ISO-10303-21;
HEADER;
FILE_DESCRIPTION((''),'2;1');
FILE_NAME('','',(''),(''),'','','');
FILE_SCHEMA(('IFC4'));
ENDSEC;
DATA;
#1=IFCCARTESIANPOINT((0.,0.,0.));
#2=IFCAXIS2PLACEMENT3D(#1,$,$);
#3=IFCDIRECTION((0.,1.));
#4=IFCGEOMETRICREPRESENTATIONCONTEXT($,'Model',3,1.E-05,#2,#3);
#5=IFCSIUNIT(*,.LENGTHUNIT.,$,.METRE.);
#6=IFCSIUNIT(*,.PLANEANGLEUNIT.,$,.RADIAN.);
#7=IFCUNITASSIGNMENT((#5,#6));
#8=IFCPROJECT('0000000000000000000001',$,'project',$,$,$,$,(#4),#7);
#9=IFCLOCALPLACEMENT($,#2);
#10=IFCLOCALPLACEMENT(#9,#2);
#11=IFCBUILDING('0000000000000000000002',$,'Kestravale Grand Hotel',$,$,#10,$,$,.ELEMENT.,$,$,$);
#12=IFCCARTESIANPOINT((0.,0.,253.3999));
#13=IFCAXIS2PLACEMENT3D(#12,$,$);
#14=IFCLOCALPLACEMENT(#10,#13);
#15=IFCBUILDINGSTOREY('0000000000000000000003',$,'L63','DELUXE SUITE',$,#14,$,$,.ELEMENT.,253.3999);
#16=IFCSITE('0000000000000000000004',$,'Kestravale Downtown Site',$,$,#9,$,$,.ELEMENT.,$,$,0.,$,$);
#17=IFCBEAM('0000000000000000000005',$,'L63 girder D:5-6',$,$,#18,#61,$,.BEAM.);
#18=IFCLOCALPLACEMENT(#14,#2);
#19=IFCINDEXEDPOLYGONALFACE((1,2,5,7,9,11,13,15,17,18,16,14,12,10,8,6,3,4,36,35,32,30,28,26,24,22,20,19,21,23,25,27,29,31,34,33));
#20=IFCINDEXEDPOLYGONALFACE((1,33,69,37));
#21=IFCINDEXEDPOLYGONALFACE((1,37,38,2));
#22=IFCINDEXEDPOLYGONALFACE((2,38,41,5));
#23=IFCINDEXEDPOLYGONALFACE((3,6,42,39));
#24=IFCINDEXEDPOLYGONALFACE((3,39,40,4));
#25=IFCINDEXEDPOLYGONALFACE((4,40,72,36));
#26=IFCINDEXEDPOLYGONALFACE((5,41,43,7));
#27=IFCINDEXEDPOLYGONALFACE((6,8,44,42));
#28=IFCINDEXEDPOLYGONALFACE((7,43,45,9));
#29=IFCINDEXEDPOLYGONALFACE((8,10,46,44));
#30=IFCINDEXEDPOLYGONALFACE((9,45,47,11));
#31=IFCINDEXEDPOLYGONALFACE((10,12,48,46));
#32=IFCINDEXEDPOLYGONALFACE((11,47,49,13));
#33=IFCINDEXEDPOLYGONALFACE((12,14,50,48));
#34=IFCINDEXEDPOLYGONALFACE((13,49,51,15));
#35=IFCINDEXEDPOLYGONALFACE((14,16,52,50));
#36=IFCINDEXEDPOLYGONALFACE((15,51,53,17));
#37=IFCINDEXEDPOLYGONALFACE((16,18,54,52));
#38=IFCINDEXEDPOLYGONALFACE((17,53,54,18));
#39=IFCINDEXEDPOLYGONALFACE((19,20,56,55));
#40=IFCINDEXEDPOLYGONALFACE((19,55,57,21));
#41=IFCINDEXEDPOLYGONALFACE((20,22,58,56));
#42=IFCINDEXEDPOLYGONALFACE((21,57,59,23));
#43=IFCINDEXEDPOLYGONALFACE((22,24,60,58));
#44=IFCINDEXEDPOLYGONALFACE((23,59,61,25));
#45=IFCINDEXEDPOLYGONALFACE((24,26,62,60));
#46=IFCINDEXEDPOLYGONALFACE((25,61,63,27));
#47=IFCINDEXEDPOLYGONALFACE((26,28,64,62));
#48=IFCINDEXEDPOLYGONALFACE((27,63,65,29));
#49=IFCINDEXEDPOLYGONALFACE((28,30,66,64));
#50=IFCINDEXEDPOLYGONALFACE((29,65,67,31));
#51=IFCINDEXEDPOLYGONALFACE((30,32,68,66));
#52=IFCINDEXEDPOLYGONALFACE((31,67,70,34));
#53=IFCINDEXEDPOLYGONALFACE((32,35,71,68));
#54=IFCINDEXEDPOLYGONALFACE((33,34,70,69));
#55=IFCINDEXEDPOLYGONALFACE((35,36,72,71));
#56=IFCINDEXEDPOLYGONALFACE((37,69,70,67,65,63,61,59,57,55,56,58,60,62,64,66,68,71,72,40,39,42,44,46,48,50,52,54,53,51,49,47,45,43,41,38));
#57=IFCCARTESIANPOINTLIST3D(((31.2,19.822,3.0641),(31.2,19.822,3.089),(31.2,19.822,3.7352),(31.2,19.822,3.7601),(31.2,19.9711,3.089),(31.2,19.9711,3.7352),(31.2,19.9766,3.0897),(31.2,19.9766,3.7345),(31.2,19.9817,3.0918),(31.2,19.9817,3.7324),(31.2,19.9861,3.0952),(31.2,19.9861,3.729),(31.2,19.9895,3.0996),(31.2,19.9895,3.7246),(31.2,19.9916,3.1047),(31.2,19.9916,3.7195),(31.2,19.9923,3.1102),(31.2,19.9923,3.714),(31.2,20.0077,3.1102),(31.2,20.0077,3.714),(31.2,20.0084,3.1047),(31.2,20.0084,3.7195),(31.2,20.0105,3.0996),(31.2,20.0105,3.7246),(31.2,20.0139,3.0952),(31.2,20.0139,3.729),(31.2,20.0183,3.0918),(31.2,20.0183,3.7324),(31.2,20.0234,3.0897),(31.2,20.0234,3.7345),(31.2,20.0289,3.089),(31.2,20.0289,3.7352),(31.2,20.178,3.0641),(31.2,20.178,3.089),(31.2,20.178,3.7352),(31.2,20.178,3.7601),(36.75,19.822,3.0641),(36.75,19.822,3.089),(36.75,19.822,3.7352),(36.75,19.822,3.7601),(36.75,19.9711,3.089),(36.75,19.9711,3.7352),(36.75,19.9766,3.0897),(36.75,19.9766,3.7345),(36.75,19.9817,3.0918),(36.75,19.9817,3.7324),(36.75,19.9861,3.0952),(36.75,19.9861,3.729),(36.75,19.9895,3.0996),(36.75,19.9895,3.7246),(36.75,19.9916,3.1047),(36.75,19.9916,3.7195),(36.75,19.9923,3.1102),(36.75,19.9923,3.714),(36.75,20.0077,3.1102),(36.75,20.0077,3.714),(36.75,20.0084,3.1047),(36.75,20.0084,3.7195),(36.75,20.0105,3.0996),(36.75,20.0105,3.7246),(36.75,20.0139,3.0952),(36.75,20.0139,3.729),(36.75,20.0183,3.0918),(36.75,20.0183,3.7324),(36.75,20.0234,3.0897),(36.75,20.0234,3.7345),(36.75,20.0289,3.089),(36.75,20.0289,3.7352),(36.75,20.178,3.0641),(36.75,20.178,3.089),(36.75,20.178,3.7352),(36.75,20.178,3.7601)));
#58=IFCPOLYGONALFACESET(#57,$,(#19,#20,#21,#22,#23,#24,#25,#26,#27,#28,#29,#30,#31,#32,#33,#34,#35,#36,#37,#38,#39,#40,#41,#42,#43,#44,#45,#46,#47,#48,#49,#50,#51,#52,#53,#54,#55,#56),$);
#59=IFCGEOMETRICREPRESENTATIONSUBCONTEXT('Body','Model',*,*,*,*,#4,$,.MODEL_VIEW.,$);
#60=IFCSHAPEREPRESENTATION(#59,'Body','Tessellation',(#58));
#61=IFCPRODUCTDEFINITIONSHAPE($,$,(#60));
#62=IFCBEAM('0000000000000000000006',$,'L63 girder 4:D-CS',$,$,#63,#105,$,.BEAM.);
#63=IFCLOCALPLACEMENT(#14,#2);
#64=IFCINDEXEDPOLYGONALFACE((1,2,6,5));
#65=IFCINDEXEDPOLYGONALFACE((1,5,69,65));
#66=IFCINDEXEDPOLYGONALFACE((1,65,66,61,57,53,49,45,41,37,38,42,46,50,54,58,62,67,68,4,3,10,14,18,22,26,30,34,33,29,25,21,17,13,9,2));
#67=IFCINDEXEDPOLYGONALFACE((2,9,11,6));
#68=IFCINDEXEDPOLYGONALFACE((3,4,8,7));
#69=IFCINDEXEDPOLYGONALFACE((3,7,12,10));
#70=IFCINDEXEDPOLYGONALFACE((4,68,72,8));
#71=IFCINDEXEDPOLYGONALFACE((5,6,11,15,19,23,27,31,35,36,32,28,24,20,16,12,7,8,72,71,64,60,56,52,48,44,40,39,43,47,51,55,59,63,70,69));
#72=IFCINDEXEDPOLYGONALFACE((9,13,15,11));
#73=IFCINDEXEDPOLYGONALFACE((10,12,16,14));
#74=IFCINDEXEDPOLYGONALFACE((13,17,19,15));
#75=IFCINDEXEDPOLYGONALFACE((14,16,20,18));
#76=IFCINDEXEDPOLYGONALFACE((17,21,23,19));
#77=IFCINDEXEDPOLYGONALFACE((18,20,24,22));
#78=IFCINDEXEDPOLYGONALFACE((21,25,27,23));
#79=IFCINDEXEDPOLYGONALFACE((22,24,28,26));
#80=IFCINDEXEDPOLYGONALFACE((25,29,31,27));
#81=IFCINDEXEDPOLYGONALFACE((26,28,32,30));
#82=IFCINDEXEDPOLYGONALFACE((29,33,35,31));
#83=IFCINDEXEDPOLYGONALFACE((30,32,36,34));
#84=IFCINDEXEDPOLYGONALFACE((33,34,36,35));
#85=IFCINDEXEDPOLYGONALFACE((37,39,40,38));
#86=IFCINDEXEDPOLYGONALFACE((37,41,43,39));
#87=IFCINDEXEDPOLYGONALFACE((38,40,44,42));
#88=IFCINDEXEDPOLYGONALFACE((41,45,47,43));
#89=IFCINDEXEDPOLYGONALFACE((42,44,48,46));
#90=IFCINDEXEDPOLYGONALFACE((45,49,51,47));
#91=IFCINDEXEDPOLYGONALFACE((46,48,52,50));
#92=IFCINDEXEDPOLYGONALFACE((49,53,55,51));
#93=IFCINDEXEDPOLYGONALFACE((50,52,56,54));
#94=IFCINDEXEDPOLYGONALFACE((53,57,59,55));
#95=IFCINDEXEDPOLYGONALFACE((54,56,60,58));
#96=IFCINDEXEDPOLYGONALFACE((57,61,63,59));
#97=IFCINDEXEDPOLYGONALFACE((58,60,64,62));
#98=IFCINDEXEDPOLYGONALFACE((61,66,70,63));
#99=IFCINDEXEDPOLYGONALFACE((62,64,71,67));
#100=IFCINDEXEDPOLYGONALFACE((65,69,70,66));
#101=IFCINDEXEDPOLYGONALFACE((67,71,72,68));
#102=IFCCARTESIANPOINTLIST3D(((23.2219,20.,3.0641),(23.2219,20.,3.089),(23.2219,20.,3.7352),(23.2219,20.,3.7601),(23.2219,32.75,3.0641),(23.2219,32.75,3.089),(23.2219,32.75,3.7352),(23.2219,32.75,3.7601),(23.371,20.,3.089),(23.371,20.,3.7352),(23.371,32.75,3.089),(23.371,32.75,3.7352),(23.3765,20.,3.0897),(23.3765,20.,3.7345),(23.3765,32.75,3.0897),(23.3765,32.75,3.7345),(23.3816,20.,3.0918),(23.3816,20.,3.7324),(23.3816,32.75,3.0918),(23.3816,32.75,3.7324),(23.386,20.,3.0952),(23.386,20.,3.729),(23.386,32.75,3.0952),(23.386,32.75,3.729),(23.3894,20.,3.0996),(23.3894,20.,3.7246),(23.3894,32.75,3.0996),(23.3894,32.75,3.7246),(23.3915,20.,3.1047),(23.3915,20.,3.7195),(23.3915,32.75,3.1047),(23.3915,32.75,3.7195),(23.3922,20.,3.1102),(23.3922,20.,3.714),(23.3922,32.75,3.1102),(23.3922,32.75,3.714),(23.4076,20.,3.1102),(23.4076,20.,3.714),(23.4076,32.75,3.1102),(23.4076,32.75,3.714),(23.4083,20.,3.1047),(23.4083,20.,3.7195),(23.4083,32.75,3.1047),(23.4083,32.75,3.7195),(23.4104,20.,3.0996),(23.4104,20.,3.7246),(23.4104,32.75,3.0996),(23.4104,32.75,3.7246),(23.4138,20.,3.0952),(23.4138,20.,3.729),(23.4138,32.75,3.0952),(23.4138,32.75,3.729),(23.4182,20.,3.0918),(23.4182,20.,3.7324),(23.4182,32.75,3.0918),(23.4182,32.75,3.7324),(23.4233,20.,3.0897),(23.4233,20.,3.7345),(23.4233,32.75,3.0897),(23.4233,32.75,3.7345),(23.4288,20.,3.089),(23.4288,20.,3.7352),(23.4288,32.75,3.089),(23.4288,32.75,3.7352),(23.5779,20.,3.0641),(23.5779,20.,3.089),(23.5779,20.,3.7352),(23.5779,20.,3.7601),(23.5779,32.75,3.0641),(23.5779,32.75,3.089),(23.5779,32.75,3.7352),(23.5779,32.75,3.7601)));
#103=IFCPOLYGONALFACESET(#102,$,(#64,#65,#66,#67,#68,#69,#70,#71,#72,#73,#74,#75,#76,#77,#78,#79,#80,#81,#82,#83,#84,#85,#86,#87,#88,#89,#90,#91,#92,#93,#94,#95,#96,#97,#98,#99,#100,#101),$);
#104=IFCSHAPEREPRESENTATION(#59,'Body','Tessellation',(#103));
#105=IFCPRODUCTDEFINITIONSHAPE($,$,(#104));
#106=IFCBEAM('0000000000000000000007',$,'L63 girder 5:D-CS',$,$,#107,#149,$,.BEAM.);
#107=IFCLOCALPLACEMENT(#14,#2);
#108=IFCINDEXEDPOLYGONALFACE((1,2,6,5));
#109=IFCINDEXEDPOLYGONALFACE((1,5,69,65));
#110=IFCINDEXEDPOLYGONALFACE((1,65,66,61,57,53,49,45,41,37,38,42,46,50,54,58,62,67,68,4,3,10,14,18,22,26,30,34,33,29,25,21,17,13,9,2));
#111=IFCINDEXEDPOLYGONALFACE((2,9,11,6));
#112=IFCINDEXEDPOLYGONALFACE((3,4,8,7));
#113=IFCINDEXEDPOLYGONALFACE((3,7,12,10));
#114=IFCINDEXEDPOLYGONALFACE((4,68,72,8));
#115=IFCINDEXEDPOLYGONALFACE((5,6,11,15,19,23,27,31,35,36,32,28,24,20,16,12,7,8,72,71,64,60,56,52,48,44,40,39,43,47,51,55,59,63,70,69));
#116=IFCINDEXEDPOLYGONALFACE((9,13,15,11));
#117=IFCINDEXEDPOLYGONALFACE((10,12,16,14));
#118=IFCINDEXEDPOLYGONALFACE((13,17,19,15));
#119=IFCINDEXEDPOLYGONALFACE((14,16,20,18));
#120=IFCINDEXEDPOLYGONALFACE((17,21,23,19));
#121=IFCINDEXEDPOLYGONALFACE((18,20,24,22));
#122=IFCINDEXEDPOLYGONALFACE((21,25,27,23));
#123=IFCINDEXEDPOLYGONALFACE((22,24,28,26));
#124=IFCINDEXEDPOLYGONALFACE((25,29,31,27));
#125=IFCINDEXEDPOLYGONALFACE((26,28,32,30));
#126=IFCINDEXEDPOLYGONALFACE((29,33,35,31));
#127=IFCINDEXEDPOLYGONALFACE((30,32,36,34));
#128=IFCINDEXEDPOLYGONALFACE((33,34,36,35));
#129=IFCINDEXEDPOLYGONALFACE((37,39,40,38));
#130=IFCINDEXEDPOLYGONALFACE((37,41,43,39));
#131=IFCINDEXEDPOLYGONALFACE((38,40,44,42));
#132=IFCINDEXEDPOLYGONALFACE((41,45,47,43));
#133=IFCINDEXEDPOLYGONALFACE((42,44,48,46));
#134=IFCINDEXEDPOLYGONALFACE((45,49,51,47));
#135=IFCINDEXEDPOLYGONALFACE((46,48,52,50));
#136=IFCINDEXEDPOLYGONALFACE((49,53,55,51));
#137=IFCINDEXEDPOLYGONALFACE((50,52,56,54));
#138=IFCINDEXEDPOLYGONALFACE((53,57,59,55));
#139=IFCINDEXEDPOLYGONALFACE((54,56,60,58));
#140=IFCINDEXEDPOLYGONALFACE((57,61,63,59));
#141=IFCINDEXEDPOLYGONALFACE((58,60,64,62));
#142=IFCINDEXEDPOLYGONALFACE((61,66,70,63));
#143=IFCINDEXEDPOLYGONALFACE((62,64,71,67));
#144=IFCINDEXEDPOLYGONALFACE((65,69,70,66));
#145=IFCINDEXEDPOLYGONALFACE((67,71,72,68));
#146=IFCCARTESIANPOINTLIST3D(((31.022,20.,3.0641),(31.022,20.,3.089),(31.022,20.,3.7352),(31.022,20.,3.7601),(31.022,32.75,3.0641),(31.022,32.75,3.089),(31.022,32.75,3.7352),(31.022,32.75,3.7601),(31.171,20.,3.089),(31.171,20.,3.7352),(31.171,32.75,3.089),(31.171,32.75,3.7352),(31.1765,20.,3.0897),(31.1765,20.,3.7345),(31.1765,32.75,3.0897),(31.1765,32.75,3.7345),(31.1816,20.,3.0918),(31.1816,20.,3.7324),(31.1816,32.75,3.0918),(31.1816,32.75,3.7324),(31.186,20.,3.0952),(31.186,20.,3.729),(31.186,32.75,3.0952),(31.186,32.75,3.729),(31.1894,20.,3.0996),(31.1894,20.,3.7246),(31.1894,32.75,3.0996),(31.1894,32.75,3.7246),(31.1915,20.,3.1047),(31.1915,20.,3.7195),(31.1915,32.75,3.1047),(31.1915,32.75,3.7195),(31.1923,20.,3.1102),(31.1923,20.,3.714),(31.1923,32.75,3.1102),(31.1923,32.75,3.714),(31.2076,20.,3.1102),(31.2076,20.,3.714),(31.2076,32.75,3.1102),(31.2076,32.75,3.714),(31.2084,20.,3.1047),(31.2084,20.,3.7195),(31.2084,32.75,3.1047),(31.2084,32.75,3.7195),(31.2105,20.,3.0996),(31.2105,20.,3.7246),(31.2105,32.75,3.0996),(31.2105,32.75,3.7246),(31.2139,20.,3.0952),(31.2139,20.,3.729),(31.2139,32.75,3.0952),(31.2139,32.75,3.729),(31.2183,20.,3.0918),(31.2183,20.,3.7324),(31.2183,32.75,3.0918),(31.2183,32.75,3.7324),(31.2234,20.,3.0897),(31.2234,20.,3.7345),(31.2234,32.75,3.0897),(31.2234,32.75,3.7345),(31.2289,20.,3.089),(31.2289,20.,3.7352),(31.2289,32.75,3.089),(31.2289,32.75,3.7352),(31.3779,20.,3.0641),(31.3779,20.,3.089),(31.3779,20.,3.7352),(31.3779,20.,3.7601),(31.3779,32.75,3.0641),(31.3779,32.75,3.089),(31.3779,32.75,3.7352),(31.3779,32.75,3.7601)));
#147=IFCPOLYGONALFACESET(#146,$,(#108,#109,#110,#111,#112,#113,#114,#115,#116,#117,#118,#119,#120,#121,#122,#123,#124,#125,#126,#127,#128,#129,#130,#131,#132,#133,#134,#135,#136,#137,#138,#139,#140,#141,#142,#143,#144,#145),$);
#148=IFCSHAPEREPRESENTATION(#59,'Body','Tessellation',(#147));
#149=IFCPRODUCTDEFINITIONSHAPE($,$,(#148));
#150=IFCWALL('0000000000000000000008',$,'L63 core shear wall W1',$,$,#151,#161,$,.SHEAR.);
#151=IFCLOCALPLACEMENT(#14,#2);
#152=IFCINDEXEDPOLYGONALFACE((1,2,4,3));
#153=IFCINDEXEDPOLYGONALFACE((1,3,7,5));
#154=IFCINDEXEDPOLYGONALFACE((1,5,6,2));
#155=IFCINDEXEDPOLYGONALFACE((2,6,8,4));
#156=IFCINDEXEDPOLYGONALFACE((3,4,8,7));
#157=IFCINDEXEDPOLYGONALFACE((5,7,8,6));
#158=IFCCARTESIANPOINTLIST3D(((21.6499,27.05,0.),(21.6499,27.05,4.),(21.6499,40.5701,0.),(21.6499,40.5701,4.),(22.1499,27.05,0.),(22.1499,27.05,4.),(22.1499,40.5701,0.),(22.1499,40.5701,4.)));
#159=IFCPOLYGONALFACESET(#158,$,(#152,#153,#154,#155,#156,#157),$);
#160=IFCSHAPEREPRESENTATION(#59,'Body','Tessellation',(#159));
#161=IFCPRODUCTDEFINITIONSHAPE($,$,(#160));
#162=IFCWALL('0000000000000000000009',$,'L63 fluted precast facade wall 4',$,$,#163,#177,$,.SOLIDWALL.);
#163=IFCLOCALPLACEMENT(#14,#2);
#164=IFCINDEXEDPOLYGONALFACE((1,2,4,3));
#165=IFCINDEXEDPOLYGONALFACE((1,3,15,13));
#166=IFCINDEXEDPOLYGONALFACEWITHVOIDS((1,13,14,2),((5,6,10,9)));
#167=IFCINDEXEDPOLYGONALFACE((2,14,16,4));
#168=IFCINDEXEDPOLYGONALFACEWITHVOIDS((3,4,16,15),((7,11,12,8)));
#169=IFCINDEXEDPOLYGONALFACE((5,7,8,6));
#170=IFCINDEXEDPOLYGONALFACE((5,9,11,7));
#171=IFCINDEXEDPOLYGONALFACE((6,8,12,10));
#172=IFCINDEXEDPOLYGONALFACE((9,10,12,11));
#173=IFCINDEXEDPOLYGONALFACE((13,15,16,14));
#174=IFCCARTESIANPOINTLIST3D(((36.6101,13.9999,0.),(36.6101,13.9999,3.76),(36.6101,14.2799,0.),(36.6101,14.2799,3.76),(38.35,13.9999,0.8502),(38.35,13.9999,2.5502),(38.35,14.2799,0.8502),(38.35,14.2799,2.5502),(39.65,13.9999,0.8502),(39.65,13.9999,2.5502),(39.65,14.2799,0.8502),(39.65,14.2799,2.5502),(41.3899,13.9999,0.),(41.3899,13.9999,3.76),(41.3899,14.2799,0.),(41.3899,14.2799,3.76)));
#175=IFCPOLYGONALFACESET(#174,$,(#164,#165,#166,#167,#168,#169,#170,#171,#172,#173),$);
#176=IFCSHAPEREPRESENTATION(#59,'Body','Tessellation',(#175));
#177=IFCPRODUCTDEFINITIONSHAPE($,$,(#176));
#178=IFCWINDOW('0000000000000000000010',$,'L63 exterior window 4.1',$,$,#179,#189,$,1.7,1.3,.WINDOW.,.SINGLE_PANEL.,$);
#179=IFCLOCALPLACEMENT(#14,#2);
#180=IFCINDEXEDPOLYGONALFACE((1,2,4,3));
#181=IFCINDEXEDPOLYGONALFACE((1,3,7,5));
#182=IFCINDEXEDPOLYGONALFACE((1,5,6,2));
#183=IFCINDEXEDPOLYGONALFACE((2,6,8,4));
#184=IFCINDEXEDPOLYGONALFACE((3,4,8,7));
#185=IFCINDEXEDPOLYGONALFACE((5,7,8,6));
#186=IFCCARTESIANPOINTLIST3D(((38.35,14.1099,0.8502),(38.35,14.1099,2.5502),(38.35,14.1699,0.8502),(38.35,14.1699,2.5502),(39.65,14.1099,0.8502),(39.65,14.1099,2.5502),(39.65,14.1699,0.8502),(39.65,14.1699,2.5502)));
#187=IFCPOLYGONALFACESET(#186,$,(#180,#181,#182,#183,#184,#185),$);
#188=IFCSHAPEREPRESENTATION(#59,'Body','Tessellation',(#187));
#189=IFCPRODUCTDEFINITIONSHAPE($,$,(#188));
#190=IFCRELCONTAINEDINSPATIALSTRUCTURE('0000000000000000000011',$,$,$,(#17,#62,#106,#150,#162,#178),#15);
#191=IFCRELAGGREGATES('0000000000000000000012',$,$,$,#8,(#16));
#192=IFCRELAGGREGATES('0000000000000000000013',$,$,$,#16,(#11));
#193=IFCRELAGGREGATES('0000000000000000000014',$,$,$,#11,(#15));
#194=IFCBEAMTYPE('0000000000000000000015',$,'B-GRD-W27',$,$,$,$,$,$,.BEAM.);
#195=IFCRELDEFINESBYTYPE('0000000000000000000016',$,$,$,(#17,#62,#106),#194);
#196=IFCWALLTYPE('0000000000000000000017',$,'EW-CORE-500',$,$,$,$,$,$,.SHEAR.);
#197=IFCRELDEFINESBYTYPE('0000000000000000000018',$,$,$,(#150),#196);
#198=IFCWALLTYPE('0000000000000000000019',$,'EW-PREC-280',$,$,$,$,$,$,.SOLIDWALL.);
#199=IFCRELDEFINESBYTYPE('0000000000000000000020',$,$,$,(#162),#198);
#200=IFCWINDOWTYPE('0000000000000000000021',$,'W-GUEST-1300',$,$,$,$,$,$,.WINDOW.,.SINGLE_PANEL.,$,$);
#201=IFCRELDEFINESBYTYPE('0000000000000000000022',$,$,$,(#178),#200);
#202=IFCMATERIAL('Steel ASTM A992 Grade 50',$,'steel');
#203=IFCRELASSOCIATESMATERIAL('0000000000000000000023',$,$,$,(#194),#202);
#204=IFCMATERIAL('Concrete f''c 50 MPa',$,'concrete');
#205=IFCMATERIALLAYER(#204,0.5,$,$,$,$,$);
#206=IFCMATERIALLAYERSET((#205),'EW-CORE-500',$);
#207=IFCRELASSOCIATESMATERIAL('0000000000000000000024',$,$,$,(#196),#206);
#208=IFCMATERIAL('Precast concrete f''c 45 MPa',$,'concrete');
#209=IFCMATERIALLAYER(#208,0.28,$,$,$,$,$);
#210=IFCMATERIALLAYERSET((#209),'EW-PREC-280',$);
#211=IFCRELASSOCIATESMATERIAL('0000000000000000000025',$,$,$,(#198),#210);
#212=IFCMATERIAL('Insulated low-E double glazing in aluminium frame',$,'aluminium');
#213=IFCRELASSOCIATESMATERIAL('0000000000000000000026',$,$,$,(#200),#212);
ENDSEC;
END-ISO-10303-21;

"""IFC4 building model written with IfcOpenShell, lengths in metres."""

from ifc_helpers import new_model, si_unit, direction, frame, frame_2d, origin, origin_2d, place, context, subcontext, project, spatial, rectangle, i_section, extrude, material, layer, layer_set, material_profile, profile_set, type_object, element, fill, save


model = new_model("IFC4")

# Units and contexts
model_context = context("Model", 3, precision=1e-05, world=origin(), true_north=direction((0.0, 1.0)))
body_context = subcontext(model_context, "Body", "Model", "MODEL_VIEW")
ifc_project = project(units=[si_unit("LENGTHUNIT", "METRE"), si_unit("PLANEANGLEUNIT", "RADIAN")], contexts=[model_context])

# Site, building, storey
site_placement = place(None, origin())
site = spatial("IfcSite", under=ifc_project, at=site_placement, Name="Kestravale Downtown Site", CompositionType="ELEMENT", RefElevation=0.0)
building_placement = place(site_placement, origin())
building = spatial("IfcBuilding", under=site, at=building_placement, Name="Kestravale Grand Hotel", CompositionType="ELEMENT")
storey_placement = place(building_placement, frame((0.0, 0.0, 253.3999)))
storey = spatial("IfcBuildingStorey", under=building, at=storey_placement, Name="L63", Description="DELUXE SUITE", CompositionType="ELEMENT", Elevation=253.3999)

# Beams
ifc_material_1 = material(Name="Steel ASTM A992 Grade 50", Category="steel")
ifc_material_profile_1 = material_profile(ifc_material_1, i_section(OverallWidth=0.356, OverallDepth=0.696, WebThickness=0.0154, FlangeThickness=0.0249, FilletRadius=0.0212, at=origin_2d()))
ifc_profile_set_1 = profile_set([ifc_material_profile_1], Name="Steel ASTM A992 Grade 50")
beam_type = type_object("IfcBeamType", Name="B-GRD-W27", PredefinedType="BEAM", material=ifc_profile_set_1)
beam_1_placement = place(storey_placement, frame((31.2, 20.0, 3.4121), z_axis=(1.0, 0.0, 0.0), x_axis=(0.0, 1.0, 0.0)))
element("IfcBeam", 1, at=beam_1_placement, inside=storey, type_object=beam_type, Name="L63 girder D:5-6", PredefinedType="BEAM", context=body_context, shape_type="SweptSolid", body=[
    extrude(i_section(OverallWidth=0.356, OverallDepth=0.696, WebThickness=0.0154, FlangeThickness=0.0249, FilletRadius=0.0212, at=origin_2d()), origin(), (0.0, 0.0, 1.0), 5.55),
])
for number, where, z_axis, x_axis, name in (
    (2, (23.3999, 20.0, 3.4121), (0.0, 1.0, 0.0), (-1.0, 0.0, 0.0), "L63 girder 4:D-CS"),
    (3, (31.2, 20.0, 3.4121), (0.0, 1.0, 0.0), (-1.0, 0.0, 0.0), "L63 girder 5:D-CS"),
):
    element("IfcBeam", number, at=place(storey_placement, frame(where, z_axis=z_axis, x_axis=x_axis)), inside=storey, type_object=beam_type, Name=name, PredefinedType="BEAM", context=body_context, shape_type="SweptSolid", body=[
        extrude(i_section(OverallWidth=0.356, OverallDepth=0.696, WebThickness=0.0154, FlangeThickness=0.0249, FilletRadius=0.0212, at=origin_2d()), origin(), (0.0, 0.0, 1.0), 12.75),
    ])

# Wall
ifc_material_2 = material(Name="Concrete f'c 50 MPa", Category="concrete")
ifc_layer_1 = layer(ifc_material_2, 0.5)
ifc_layer_set_1 = layer_set([ifc_layer_1], Name="EW-CORE-500")
wall_type_1 = type_object("IfcWallType", Name="EW-CORE-500", PredefinedType="SHEAR", material=ifc_layer_set_1)
wall_1_placement = place(storey_placement, frame((21.8999, 27.05, 0.0), z_axis=(0.0, 0.0, 1.0), x_axis=(0.0, 1.0, 0.0)))
element("IfcWall", 4, at=wall_1_placement, inside=storey, type_object=wall_type_1, Name="L63 core shear wall W1", PredefinedType="SHEAR", context=body_context, shape_type="SweptSolid", body=[
    extrude(rectangle(XDim=13.52, YDim=0.5, at=frame_2d((6.76, 0.0))), origin(), (0.0, 0.0, 1.0), 4.0),
])

# Wall, opening, window
ifc_material_3 = material(Name="Precast concrete f'c 45 MPa", Category="concrete")
ifc_layer_2 = layer(ifc_material_3, 0.28)
ifc_layer_set_2 = layer_set([ifc_layer_2], Name="EW-PREC-280")
wall_type_2 = type_object("IfcWallType", Name="EW-PREC-280", PredefinedType="SOLIDWALL", material=ifc_layer_set_2)
wall_2_placement = place(storey_placement, frame((36.6101, 14.1399, 0.0), z_axis=(0.0, 0.0, 1.0), x_axis=(1.0, 0.0, 0.0)))
wall_2 = element("IfcWall", 5, at=wall_2_placement, inside=storey, type_object=wall_type_2, Name="L63 fluted precast facade wall 4", PredefinedType="SOLIDWALL", context=body_context, shape_type="SweptSolid", body=[
    extrude(rectangle(XDim=4.7798, YDim=0.28, at=frame_2d((2.3899, 0.0))), origin(), (0.0, 0.0, 1.0), 3.76),
])
opening_1_placement = place(wall_2_placement, frame((1.74, 0.0, 0.8501)))
opening_1 = element("IfcOpeningElement", 6, at=opening_1_placement, cuts=wall_2, PredefinedType="OPENING", context=body_context, shape_type="SweptSolid", body=[
    extrude(rectangle(XDim=1.3, YDim=1.7, at=frame_2d((0.6499, 0.8501))), frame((0.0, 0.1499, 0.0), z_axis=(0.0, -1.0, 0.0), x_axis=(1.0, 0.0, 0.0)), (0.0, 0.0, 1.0), 0.3),
])
ifc_material_4 = material(Name="Insulated low-E double glazing in aluminium frame", Category="aluminium")
window_type = type_object("IfcWindowType", Name="W-GUEST-1300", PartitioningType="SINGLE_PANEL", PredefinedType="WINDOW", material=ifc_material_4)
window_placement = place(opening_1_placement, origin())
window = element("IfcWindow", 7, at=window_placement, inside=storey, type_object=window_type, Name="L63 exterior window 4.1", OverallHeight=1.7, OverallWidth=1.3, PartitioningType="SINGLE_PANEL", PredefinedType="WINDOW", context=body_context, shape_type="SweptSolid", body=[
    extrude(rectangle(XDim=1.3, YDim=1.7, at=frame_2d((0.6499, 0.8501))), frame((0.0, 0.03, 0.0), z_axis=(0.0, -1.0, 0.0), x_axis=(1.0, 0.0, 0.0)), (0.0, 0.0, 1.0), 0.0601),
])
fill(opening_1, window)

save(model, "model.ifc")
